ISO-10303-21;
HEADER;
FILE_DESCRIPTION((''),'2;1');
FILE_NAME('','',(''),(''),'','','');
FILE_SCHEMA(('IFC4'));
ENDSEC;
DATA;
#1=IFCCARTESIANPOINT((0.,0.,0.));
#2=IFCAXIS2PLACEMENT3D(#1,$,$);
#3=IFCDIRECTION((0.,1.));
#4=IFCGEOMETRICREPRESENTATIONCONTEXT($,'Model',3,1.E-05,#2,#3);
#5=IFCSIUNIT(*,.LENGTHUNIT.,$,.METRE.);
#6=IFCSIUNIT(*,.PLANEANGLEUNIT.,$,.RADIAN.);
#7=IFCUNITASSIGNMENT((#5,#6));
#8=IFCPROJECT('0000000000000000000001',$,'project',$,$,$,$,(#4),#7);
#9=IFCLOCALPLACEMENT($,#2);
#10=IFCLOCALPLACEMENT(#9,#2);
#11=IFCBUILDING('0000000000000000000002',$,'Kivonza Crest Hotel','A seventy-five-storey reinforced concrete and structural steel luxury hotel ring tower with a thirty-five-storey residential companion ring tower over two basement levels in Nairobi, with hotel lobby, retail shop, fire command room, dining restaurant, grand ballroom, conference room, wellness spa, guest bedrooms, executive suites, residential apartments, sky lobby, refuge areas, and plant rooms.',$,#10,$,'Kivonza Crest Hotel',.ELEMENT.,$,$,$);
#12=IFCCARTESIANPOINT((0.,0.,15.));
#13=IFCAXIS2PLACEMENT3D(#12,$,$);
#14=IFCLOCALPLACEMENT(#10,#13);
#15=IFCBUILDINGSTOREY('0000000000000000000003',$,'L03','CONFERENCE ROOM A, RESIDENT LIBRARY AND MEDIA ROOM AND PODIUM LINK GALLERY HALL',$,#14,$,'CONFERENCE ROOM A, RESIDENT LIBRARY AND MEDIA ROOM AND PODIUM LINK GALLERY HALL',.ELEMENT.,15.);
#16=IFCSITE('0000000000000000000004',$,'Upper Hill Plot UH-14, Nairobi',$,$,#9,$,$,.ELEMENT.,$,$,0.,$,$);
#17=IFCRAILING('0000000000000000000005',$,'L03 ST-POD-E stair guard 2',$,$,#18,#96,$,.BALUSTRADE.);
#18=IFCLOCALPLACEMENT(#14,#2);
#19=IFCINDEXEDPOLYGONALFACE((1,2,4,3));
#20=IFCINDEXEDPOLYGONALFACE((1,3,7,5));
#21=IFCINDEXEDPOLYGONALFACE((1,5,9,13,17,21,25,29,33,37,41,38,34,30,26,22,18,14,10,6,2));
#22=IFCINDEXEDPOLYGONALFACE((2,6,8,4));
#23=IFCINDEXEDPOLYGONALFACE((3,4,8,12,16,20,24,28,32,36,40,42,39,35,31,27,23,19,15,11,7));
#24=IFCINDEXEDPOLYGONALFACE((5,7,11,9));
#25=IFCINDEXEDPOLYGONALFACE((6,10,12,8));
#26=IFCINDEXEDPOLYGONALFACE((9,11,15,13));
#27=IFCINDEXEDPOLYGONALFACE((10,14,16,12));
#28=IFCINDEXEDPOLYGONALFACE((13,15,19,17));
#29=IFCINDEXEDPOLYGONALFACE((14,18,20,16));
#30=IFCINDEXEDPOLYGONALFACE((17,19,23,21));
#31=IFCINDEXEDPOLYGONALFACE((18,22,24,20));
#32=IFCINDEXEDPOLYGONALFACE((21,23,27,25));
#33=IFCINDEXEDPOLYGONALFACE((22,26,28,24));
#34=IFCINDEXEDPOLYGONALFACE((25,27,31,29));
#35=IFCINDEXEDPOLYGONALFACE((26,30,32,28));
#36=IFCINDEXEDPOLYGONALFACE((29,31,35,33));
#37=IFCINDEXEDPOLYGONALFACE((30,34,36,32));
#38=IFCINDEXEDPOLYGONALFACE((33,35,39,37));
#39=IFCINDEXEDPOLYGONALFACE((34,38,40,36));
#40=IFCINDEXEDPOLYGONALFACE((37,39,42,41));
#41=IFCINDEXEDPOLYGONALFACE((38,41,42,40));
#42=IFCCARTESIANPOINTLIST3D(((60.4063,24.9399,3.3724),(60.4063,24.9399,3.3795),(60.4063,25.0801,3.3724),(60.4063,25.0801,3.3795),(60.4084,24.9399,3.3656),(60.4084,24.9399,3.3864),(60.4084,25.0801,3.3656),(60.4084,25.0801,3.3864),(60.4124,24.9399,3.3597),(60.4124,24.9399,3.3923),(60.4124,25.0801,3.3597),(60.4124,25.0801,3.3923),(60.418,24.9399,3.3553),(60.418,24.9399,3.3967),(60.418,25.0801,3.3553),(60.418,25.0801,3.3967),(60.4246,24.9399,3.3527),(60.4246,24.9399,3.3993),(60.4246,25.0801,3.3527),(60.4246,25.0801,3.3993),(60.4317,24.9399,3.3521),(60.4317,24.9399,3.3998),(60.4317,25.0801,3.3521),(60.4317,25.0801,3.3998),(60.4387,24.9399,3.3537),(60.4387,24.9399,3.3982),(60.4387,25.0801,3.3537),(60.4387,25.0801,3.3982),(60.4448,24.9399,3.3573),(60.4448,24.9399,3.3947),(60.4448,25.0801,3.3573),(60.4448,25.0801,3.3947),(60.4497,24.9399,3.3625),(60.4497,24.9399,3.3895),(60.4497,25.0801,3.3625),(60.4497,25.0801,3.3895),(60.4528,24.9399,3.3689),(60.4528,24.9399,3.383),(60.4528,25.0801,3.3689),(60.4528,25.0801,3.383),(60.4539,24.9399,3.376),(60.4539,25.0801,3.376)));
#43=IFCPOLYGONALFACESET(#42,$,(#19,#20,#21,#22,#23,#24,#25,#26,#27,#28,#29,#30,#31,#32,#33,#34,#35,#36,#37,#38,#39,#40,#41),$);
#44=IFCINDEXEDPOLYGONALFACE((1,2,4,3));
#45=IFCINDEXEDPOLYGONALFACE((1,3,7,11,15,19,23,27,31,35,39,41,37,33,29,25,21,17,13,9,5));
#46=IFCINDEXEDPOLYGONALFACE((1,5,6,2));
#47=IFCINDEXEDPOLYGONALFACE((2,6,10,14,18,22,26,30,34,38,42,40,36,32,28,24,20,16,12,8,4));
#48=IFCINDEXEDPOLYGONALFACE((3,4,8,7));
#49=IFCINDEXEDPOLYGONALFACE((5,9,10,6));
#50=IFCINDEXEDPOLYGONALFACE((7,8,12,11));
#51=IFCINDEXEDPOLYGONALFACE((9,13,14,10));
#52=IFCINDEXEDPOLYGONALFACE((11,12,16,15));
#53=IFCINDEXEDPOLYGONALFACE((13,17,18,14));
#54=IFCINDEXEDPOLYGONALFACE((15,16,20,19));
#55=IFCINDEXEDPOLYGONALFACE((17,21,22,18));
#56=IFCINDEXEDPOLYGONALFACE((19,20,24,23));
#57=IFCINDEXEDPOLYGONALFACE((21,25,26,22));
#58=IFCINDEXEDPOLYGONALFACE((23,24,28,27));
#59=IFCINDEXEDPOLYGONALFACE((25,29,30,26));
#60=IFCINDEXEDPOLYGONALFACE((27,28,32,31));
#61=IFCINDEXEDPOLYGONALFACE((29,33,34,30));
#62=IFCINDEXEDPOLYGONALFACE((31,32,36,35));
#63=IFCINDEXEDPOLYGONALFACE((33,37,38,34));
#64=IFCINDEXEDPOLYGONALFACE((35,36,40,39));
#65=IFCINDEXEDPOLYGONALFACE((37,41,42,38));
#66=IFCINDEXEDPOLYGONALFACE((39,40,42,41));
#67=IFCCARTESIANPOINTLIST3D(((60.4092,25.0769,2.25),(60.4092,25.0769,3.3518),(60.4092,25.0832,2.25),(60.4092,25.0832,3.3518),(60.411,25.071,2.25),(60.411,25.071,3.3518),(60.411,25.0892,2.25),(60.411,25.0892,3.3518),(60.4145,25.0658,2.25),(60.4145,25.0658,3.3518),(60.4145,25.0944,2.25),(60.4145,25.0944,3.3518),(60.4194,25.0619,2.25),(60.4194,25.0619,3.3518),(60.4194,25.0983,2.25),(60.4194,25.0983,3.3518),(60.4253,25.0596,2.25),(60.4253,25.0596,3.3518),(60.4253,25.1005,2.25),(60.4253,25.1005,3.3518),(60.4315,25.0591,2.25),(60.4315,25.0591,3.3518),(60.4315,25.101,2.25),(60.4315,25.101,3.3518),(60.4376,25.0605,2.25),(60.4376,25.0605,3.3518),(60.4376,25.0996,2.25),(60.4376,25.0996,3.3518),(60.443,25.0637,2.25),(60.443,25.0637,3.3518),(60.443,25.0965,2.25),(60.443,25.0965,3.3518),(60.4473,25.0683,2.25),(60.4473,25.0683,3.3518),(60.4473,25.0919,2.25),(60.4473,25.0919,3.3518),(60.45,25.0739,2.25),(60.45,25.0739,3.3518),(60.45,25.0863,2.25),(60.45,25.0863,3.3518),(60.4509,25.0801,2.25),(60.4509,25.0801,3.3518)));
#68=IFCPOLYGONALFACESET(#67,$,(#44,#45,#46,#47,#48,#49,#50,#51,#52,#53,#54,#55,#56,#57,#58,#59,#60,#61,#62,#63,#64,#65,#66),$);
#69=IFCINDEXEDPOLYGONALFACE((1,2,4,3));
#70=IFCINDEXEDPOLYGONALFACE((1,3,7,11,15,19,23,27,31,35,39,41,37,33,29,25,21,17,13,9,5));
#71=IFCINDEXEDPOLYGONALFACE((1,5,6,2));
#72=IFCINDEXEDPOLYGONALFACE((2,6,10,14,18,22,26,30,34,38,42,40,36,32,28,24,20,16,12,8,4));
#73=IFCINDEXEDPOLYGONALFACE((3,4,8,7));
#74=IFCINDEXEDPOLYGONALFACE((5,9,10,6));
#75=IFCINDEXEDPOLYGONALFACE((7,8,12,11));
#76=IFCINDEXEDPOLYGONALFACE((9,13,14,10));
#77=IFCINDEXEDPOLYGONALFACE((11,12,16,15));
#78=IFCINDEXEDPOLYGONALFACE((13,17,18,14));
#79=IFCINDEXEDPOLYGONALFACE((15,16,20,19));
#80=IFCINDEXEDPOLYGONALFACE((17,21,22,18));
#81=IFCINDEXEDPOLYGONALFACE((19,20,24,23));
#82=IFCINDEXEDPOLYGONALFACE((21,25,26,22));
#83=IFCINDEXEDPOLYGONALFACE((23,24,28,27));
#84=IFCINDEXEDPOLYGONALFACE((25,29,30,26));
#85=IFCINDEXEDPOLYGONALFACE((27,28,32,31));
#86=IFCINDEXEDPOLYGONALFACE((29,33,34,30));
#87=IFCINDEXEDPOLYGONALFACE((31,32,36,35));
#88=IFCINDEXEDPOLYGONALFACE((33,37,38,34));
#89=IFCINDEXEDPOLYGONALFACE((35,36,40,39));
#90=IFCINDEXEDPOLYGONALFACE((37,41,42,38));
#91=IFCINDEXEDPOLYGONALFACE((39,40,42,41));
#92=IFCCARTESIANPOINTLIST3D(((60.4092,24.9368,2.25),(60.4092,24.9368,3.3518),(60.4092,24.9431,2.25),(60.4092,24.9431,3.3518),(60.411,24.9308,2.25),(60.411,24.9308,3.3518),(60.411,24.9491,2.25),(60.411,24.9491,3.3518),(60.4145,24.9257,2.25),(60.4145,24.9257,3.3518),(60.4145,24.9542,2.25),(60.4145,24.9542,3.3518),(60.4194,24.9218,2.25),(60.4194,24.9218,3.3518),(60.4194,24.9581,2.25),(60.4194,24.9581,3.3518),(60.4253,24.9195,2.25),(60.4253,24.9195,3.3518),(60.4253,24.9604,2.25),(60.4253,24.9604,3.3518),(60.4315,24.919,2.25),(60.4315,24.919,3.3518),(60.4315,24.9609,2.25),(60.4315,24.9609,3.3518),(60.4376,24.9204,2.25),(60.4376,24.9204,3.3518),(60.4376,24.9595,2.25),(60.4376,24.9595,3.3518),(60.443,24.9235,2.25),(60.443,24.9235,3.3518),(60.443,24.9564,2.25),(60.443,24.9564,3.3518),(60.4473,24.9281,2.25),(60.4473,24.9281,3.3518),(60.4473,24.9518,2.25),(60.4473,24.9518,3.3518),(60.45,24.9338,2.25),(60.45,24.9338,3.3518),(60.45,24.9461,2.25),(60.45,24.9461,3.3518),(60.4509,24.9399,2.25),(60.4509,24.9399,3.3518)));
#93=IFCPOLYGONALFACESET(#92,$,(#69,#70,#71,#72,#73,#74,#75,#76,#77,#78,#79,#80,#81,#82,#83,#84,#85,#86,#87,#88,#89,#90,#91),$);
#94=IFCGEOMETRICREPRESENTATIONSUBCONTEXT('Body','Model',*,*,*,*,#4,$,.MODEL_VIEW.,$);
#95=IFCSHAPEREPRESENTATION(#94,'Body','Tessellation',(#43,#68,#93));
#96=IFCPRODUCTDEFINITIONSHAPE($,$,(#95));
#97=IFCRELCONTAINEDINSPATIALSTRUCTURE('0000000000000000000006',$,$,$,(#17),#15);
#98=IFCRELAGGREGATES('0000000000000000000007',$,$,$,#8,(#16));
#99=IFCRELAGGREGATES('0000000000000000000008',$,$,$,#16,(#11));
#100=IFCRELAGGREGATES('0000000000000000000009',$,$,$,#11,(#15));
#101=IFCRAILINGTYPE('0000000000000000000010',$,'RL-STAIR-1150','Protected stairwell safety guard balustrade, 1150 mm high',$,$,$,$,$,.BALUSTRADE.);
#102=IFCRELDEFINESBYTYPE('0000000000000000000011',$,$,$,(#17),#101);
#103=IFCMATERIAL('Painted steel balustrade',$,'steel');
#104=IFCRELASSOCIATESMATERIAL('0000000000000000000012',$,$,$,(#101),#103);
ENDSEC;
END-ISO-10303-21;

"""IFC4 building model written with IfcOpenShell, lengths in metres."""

from ifc_helpers import new_model, si_unit, direction, frame, origin, origin_2d, place, context, subcontext, project, spatial, circle, extrude, material, type_object, element, save


model = new_model("IFC4")

# Units and contexts
model_context = context("Model", 3, precision=1e-05, world=origin(), true_north=direction((0.0, 1.0)))
body_context = subcontext(model_context, "Body", "Model", "MODEL_VIEW")
ifc_project = project(units=[si_unit("LENGTHUNIT", "METRE"), si_unit("PLANEANGLEUNIT", "RADIAN")], contexts=[model_context])

# Site, building, storey
site_placement = place(None, origin())
site = spatial("IfcSite", under=ifc_project, at=site_placement, Name="Upper Hill Plot UH-14, Nairobi", CompositionType="ELEMENT", RefElevation=0.0)
building_placement = place(site_placement, origin())
building = spatial("IfcBuilding", under=site, at=building_placement, Name="Kivonza Crest Hotel", Description="A seventy-five-storey reinforced concrete and structural steel luxury hotel ring tower with a thirty-five-storey residential companion ring tower over two basement levels in Nairobi, with hotel lobby, retail shop, fire command room, dining restaurant, grand ballroom, conference room, wellness spa, guest bedrooms, executive suites, residential apartments, sky lobby, refuge areas, and plant rooms.", LongName="Kivonza Crest Hotel", CompositionType="ELEMENT")
storey_placement = place(building_placement, frame((0.0, 0.0, 15.0)))
storey = spatial("IfcBuildingStorey", under=building, at=storey_placement, Name="L03", Description="CONFERENCE ROOM A, RESIDENT LIBRARY AND MEDIA ROOM AND PODIUM LINK GALLERY HALL", LongName="CONFERENCE ROOM A, RESIDENT LIBRARY AND MEDIA ROOM AND PODIUM LINK GALLERY HALL", CompositionType="ELEMENT", Elevation=15.0)

# Railing
ifc_material_1 = material(Name="Painted steel balustrade", Category="steel")
railing_type_1 = type_object("IfcRailingType", Name="RL-STAIR-1150", Description="Protected stairwell safety guard balustrade, 1150 mm high", PredefinedType="BALUSTRADE", material=ifc_material_1)
railing_1_placement = place(storey_placement, frame((60.4299, 25.0801, 2.25)))
element("IfcRailing", 1, at=railing_1_placement, inside=storey, type_object=railing_type_1, Name="L03 ST-POD-E stair guard 2", PredefinedType="BALUSTRADE", context=body_context, shape_type="SweptSolid", body=[
    extrude(circle(Radius=0.0239, at=origin_2d()), frame((0.0, 0.0, 1.126), z_axis=(0.0, -1.0, 0.0), x_axis=(1.0, 0.0, 0.0)), (0.0, 0.0, 1.0), 0.1401),
    extrude(circle(Radius=0.021, at=origin_2d()), origin(), (0.0, 0.0, 1.0), 1.1018),
    extrude(circle(Radius=0.021, at=origin_2d()), frame((0.0, -0.1401, 0.0)), (0.0, 0.0, 1.0), 1.1018),
])

save(model, "model.ifc")
